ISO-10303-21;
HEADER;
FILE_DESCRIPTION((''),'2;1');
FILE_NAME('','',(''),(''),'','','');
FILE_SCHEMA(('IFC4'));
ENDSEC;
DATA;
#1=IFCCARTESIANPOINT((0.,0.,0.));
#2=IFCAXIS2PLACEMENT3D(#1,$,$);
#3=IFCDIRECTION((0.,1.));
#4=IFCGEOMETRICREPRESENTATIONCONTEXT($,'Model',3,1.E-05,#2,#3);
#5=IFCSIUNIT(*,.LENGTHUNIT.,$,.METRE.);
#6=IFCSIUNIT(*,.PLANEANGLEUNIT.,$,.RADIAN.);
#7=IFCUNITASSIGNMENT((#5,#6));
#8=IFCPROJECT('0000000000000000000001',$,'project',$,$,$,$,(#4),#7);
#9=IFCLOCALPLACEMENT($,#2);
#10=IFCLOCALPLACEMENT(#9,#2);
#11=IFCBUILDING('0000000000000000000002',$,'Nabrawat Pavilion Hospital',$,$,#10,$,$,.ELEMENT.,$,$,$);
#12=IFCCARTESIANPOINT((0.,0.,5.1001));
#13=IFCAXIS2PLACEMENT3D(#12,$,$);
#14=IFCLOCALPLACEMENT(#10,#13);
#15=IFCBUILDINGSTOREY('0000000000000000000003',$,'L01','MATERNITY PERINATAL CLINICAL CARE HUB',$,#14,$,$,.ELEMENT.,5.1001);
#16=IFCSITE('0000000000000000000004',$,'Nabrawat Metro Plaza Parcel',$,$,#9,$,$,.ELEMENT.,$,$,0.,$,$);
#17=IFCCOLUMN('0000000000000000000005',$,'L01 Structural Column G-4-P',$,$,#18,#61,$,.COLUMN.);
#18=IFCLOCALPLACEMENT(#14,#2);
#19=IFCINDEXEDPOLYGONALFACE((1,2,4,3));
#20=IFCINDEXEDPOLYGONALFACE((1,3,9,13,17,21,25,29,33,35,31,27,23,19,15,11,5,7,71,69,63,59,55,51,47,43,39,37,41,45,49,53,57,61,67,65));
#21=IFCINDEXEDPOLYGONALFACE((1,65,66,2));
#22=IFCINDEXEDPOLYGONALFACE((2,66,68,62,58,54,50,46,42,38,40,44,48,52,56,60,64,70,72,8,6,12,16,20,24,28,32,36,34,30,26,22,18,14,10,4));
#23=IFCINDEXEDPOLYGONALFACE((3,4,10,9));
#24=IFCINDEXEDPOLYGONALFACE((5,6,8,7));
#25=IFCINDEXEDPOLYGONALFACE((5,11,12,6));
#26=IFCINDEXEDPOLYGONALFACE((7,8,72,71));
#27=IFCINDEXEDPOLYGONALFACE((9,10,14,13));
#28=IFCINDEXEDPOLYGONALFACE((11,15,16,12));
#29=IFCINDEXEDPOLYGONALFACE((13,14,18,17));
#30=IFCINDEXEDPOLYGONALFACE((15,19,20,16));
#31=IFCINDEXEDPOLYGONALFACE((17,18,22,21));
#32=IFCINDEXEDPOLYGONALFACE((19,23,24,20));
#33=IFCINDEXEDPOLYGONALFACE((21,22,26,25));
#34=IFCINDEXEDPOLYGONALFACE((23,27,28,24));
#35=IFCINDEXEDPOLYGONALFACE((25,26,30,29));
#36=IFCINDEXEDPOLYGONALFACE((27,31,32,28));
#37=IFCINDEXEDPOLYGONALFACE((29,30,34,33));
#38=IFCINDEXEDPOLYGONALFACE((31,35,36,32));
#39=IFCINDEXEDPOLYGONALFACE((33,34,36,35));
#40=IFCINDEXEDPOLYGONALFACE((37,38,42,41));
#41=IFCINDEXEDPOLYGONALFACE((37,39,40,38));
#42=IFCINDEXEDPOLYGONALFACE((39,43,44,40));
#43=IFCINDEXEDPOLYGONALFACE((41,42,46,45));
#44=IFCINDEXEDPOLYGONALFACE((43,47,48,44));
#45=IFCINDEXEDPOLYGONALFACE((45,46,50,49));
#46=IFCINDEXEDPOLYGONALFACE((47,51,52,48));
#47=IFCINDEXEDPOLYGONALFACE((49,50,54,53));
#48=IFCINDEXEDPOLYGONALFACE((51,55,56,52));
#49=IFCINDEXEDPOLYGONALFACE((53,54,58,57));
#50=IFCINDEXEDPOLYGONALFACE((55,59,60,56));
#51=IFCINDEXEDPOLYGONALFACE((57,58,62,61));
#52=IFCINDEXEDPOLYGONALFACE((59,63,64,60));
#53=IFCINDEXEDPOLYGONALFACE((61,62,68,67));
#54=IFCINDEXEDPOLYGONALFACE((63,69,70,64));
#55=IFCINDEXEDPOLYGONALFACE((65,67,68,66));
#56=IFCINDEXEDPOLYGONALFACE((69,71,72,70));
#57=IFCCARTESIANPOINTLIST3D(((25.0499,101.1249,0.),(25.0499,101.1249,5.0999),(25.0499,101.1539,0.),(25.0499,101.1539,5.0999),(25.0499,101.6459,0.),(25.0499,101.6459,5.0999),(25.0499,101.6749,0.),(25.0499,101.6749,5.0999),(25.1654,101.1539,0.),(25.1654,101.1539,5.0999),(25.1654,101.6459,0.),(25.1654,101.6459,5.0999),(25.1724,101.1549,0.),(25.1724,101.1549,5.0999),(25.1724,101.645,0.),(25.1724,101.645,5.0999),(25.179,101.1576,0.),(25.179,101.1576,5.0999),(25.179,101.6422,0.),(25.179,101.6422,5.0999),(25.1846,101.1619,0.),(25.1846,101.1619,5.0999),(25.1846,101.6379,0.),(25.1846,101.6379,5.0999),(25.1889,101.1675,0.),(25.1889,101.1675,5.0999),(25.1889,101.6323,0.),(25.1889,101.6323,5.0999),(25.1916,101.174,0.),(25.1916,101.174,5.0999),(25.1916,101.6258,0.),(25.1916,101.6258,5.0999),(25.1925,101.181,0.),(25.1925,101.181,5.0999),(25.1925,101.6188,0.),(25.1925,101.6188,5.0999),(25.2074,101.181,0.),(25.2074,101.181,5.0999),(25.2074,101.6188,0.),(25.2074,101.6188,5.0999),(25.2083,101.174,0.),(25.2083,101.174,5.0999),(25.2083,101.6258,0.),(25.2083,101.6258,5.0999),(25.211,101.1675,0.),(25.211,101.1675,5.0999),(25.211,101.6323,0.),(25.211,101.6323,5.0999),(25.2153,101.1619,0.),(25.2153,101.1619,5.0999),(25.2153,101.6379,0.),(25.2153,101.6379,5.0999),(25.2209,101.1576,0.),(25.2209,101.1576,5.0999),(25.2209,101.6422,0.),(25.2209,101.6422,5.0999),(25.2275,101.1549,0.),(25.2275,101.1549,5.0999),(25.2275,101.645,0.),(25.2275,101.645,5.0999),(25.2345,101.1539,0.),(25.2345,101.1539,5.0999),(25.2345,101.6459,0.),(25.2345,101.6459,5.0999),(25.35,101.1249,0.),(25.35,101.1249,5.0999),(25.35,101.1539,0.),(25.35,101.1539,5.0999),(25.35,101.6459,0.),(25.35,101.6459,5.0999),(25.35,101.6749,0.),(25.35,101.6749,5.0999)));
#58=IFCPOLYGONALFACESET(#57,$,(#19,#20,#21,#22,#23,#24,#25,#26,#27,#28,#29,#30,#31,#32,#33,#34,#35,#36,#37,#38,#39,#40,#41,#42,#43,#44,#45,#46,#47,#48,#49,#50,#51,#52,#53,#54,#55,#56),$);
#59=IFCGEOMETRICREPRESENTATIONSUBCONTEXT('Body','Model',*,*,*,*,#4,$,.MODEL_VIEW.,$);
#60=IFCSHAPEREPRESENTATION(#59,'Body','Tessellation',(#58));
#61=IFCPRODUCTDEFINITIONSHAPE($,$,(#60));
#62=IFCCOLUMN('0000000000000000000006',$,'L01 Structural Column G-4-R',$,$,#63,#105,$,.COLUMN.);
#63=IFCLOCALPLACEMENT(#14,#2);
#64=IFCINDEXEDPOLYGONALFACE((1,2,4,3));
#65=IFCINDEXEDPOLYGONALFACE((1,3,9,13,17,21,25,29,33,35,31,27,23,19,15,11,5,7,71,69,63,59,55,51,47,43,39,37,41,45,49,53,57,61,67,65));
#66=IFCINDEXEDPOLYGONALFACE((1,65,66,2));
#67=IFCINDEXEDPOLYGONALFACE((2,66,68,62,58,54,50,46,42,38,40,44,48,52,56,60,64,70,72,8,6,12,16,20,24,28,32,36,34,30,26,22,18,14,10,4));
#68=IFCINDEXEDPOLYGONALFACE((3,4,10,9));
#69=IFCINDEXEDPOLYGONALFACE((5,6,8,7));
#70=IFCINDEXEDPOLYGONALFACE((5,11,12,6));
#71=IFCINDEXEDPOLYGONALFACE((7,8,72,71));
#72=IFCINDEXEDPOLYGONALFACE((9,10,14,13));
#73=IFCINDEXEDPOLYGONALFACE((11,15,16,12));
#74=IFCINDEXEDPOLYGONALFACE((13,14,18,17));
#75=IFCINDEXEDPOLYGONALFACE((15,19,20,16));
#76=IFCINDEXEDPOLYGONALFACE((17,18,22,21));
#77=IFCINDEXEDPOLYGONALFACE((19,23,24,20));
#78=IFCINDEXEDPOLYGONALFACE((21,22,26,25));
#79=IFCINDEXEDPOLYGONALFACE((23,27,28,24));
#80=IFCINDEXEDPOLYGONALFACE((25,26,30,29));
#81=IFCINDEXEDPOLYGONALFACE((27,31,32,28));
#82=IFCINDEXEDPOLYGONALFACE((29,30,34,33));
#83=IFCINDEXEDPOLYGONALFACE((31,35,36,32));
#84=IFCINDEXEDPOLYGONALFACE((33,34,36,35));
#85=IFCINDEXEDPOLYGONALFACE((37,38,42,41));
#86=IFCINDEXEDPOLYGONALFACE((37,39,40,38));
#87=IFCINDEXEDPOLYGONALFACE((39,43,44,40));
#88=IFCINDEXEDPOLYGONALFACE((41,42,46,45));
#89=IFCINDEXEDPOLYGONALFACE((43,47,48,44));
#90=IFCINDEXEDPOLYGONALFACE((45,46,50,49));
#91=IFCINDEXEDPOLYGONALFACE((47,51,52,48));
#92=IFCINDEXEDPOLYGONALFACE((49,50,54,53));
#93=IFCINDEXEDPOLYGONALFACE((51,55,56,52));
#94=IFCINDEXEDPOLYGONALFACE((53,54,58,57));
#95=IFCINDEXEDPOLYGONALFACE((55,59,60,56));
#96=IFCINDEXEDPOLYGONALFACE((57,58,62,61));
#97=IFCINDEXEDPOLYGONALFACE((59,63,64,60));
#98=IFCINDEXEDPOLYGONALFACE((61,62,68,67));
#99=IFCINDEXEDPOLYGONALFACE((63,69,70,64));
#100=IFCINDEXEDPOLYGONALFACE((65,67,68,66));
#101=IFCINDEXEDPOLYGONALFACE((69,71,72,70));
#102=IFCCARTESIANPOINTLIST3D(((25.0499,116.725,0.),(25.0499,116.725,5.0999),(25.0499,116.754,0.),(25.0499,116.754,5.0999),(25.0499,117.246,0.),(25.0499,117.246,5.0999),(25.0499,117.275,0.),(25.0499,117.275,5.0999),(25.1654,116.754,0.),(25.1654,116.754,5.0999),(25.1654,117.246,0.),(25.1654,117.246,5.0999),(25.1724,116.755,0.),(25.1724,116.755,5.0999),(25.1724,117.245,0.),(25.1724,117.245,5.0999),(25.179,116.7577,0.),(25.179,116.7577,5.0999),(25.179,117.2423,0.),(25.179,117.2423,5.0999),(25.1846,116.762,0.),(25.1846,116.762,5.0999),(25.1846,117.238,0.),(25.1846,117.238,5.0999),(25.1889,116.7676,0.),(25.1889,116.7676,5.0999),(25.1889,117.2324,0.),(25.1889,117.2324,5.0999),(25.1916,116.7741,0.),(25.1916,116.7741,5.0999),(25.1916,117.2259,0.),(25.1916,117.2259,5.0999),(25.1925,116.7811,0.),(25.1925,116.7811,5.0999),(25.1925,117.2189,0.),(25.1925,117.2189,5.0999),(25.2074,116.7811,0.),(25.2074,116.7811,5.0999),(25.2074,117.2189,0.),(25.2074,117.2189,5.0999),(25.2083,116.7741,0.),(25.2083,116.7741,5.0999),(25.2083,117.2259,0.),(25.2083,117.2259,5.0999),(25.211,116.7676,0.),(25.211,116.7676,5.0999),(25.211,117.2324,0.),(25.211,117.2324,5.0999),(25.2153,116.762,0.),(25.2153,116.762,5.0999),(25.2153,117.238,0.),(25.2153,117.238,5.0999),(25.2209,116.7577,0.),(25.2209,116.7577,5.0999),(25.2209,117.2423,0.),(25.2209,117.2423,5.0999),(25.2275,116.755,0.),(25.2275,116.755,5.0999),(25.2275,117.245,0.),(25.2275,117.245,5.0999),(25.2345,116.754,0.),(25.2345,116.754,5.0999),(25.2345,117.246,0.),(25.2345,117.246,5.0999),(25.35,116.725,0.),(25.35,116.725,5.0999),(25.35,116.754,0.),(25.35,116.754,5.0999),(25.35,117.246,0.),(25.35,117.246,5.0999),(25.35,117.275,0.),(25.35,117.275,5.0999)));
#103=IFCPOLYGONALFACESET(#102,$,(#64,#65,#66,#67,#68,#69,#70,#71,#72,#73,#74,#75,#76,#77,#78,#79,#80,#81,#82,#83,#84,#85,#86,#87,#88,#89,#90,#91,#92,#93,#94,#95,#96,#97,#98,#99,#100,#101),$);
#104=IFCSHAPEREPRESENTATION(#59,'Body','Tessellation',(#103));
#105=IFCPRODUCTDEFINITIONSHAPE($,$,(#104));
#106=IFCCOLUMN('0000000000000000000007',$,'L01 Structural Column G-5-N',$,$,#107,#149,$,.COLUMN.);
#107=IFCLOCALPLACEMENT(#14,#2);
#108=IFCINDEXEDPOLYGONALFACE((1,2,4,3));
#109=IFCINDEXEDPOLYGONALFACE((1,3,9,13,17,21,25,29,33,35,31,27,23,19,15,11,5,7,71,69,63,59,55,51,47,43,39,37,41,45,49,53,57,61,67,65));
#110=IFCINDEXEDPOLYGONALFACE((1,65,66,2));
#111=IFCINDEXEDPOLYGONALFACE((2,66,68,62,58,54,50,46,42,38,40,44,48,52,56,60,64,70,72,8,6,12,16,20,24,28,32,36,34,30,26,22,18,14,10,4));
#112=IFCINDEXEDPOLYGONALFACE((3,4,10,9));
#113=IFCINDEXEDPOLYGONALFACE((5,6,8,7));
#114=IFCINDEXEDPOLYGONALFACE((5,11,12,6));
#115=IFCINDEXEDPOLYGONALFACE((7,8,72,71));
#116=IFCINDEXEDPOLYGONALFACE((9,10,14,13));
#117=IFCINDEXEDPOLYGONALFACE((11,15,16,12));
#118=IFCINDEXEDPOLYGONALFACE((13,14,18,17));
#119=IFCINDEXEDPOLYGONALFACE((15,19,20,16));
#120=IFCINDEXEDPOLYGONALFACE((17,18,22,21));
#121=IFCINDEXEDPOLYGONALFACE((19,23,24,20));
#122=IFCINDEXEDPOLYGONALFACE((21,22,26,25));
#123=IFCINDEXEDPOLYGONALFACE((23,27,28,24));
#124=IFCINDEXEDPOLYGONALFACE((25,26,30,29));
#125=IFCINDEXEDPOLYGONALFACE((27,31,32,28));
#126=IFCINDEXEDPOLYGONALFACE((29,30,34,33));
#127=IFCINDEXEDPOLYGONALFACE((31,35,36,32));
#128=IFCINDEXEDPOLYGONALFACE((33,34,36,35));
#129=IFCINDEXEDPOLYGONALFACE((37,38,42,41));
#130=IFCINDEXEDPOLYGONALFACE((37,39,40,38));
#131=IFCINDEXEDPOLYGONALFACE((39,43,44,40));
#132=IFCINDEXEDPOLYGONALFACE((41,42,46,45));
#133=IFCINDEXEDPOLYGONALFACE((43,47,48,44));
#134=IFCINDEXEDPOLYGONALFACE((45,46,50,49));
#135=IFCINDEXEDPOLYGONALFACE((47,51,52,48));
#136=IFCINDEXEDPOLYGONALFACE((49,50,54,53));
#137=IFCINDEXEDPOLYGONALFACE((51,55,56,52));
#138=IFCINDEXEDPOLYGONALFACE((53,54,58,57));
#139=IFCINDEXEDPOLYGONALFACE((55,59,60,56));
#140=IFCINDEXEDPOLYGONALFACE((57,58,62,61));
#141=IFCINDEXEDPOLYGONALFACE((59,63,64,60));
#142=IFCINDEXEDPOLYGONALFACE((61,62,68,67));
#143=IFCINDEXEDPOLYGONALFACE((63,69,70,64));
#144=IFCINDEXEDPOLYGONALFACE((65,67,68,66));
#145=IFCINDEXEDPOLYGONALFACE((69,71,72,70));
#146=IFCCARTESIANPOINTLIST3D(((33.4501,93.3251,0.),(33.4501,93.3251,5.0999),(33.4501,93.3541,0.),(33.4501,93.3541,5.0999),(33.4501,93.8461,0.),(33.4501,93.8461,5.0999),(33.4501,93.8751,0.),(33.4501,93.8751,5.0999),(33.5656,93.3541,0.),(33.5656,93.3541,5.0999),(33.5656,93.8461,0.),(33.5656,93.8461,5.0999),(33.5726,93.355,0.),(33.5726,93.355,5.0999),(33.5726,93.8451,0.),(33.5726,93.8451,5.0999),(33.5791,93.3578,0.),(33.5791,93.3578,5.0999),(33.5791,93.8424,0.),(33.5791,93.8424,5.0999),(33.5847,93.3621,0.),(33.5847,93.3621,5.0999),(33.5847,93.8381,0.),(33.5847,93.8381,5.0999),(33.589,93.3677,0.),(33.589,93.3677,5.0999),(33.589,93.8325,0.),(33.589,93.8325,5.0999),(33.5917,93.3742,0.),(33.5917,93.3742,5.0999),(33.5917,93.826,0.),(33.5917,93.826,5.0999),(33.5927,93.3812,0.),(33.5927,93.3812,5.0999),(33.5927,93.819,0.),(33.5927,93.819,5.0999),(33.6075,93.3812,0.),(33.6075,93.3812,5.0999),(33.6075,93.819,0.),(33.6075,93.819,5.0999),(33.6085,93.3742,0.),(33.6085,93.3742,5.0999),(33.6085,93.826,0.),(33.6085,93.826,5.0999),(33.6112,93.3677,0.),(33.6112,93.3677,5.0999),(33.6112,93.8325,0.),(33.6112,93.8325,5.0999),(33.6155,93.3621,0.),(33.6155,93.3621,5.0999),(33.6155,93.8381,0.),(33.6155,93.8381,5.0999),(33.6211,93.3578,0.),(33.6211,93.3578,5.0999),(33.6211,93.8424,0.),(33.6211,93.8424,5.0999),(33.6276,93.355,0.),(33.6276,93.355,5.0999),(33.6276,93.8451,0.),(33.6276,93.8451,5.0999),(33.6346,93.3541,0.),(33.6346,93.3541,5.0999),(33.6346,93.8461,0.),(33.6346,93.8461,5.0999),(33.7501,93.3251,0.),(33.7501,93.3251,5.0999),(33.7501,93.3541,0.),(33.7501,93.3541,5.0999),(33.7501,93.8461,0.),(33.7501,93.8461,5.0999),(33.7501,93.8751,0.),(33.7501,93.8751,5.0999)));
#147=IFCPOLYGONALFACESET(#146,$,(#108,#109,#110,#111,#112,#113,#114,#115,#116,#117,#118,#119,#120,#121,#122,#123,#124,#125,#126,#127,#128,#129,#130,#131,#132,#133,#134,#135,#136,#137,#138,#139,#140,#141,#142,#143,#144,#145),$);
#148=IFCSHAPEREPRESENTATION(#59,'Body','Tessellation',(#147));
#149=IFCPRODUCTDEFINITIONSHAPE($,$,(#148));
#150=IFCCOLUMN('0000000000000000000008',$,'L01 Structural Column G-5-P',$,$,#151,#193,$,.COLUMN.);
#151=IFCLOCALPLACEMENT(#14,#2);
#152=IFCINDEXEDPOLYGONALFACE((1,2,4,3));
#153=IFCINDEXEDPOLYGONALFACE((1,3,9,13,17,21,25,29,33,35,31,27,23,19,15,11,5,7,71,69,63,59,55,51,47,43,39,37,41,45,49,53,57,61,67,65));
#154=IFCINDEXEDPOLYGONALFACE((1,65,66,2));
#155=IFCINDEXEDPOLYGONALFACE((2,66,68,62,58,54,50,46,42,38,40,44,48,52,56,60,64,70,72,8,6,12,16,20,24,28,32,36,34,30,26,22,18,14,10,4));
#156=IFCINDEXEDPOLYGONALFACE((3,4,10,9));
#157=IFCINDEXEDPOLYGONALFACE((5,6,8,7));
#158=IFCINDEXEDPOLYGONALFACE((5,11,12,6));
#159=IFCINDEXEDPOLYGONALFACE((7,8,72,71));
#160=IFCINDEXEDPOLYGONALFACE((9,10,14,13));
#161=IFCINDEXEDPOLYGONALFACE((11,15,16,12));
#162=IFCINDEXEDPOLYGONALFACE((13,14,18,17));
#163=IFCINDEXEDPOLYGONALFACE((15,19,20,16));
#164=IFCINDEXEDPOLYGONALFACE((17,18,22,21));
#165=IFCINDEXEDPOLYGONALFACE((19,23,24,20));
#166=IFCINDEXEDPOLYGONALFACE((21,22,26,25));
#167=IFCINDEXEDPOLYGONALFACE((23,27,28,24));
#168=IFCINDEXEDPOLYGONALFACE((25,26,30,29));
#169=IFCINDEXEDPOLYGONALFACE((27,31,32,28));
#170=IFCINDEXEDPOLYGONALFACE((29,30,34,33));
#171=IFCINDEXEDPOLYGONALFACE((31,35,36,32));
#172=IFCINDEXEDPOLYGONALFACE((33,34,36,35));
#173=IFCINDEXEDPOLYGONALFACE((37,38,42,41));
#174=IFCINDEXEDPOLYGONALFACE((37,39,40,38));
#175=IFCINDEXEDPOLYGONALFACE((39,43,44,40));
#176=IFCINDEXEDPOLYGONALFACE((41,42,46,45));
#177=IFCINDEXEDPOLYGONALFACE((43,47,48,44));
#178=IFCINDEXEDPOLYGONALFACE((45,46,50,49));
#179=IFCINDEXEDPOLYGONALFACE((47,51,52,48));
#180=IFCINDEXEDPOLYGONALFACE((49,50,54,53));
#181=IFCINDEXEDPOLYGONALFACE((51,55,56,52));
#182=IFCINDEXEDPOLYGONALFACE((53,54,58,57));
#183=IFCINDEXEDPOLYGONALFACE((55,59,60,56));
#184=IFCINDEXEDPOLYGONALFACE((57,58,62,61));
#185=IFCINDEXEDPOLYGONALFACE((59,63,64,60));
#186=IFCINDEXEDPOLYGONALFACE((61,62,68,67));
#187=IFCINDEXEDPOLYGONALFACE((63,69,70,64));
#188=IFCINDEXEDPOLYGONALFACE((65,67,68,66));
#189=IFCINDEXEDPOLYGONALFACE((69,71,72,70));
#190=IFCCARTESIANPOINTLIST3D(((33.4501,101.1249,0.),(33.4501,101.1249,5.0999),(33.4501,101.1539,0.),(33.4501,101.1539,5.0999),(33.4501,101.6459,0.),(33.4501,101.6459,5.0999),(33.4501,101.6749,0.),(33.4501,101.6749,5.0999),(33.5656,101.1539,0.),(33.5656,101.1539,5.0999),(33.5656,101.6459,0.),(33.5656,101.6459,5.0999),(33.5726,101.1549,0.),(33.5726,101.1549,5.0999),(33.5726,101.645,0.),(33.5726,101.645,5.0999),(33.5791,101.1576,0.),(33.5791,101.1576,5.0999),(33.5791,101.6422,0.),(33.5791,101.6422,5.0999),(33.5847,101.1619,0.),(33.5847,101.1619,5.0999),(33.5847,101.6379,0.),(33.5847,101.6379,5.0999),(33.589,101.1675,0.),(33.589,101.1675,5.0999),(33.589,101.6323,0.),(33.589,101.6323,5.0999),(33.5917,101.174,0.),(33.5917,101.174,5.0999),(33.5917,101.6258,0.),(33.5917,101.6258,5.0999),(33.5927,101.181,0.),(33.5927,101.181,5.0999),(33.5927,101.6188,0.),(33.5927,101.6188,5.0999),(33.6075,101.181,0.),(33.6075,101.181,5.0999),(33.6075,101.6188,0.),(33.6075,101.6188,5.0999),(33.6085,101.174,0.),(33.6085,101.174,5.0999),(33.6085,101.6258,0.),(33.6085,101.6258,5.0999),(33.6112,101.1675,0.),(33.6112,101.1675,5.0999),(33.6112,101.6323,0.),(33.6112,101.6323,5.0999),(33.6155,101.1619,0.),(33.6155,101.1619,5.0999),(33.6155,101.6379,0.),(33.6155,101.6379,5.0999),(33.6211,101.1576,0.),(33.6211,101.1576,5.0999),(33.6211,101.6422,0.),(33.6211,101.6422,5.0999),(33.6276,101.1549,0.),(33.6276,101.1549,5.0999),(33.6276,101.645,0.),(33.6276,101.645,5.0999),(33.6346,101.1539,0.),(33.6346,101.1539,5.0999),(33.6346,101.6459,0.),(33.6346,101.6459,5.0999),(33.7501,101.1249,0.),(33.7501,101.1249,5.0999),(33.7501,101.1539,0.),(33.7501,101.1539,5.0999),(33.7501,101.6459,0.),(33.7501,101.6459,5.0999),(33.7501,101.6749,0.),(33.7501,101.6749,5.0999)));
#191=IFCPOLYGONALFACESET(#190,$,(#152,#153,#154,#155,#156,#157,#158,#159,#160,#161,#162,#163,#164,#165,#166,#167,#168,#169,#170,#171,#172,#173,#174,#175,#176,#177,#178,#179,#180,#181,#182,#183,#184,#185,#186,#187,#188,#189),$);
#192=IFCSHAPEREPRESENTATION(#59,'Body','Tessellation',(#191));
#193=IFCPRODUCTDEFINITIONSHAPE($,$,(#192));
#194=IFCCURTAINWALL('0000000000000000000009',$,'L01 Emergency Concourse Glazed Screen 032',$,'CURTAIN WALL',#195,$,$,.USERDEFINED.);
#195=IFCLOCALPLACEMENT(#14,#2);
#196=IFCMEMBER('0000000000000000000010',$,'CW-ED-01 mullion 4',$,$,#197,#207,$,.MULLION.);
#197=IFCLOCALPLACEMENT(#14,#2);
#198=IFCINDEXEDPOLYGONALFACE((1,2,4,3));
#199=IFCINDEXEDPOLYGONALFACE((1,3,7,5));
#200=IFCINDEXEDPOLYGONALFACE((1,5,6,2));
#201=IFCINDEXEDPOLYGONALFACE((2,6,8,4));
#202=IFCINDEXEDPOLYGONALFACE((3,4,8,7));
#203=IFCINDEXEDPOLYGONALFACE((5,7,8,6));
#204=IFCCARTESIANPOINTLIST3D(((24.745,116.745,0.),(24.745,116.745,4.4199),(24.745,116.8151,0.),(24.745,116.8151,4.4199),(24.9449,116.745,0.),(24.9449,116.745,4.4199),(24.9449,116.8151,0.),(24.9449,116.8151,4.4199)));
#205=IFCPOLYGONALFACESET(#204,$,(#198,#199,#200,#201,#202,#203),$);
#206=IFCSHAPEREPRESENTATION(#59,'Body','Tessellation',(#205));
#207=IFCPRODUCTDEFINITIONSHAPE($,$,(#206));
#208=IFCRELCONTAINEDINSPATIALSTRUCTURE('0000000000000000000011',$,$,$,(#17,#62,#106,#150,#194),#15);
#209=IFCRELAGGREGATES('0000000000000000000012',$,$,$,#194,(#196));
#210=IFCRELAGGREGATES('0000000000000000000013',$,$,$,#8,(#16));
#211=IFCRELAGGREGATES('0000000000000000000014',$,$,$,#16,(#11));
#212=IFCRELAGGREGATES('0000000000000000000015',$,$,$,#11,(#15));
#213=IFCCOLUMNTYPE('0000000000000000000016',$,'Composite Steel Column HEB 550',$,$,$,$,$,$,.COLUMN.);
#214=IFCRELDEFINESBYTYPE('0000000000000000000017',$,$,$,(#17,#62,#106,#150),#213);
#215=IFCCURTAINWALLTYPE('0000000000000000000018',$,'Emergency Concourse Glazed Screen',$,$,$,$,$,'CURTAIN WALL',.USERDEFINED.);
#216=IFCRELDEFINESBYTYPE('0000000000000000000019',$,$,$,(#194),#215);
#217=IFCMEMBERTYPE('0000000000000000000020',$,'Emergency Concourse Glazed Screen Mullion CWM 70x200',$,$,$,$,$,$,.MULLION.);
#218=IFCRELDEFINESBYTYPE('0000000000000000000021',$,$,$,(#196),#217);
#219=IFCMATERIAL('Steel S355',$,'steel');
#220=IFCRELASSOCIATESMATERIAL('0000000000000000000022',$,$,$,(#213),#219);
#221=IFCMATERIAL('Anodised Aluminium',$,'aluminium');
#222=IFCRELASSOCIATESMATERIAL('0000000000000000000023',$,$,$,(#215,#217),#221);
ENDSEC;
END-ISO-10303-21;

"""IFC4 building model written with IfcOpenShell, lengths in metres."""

from ifc_helpers import new_model, si_unit, direction, frame, origin, origin_2d, place, context, subcontext, project, spatial, rectangle, i_section, extrude, material, material_profile, profile_set, type_object, element, aggregate, save


model = new_model("IFC4")

# Units and contexts
model_context = context("Model", 3, precision=1e-05, world=origin(), true_north=direction((0.0, 1.0)))
body_context = subcontext(model_context, "Body", "Model", "MODEL_VIEW")
ifc_project = project(units=[si_unit("LENGTHUNIT", "METRE"), si_unit("PLANEANGLEUNIT", "RADIAN")], contexts=[model_context])

# Site, building, storey
site_placement = place(None, origin())
site = spatial("IfcSite", under=ifc_project, at=site_placement, Name="Nabrawat Metro Plaza Parcel", CompositionType="ELEMENT", RefElevation=0.0)
building_placement = place(site_placement, origin())
building = spatial("IfcBuilding", under=site, at=building_placement, Name="Nabrawat Pavilion Hospital", CompositionType="ELEMENT")
storey_placement = place(building_placement, frame((0.0, 0.0, 5.1001)))
storey = spatial("IfcBuildingStorey", under=building, at=storey_placement, Name="L01", Description="MATERNITY PERINATAL CLINICAL CARE HUB", CompositionType="ELEMENT", Elevation=5.1001)

# Columns
ifc_material_1 = material(Name="Steel S355", Category="steel")
ifc_material_profile_1 = material_profile(ifc_material_1, i_section(OverallWidth=0.3, OverallDepth=0.55, WebThickness=0.0149, FlangeThickness=0.0291, FilletRadius=0.0271, at=origin_2d()), Name="HEB 550")
ifc_profile_set_1 = profile_set([ifc_material_profile_1], Name="Steel S355")
column_type = type_object("IfcColumnType", Name="Composite Steel Column HEB 550", PredefinedType="COLUMN", material=ifc_profile_set_1)
for number, where, z_axis, x_axis, name in (
    (1, (25.2, 101.3999, 0.0), (0.0, 0.0, 1.0), (1.0, 0.0, 0.0), "L01 Structural Column G-4-P"),
    (2, (25.2, 117.0, 0.0), (0.0, 0.0, 1.0), (1.0, 0.0, 0.0), "L01 Structural Column G-4-R"),
    (3, (33.6001, 93.6001, 0.0), (0.0, 0.0, 1.0), (1.0, 0.0, 0.0), "L01 Structural Column G-5-N"),
    (4, (33.6001, 101.3999, 0.0), (0.0, 0.0, 1.0), (1.0, 0.0, 0.0), "L01 Structural Column G-5-P"),
):
    element("IfcColumn", number, at=place(storey_placement, frame(where, z_axis=z_axis, x_axis=x_axis)), inside=storey, type_object=column_type, Name=name, PredefinedType="COLUMN", context=body_context, shape_type="SweptSolid", body=[
        extrude(i_section(OverallWidth=0.3, OverallDepth=0.55, WebThickness=0.0149, FlangeThickness=0.0291, FilletRadius=0.0271, at=origin_2d()), origin(), (0.0, 0.0, 1.0), 5.0999),
    ])

# Curtain wall, member
ifc_material_2 = material(Name="Anodised Aluminium", Category="aluminium")
curtain_wall_type = type_object("IfcCurtainWallType", Name="Emergency Concourse Glazed Screen", ElementType="CURTAIN WALL", PredefinedType="USERDEFINED", material=ifc_material_2)
curtain_wall_placement = place(storey_placement, origin())
curtain_wall = element("IfcCurtainWall", 5, at=curtain_wall_placement, inside=storey, type_object=curtain_wall_type, Name="L01 Emergency Concourse Glazed Screen 032", ObjectType="CURTAIN WALL", PredefinedType="USERDEFINED")
ifc_material_profile_2 = material_profile(ifc_material_2, rectangle(XDim=0.0701, YDim=0.2, at=origin_2d()), Name="CWM 70x200")
ifc_profile_set_2 = profile_set([ifc_material_profile_2], Name="Anodised Aluminium")
member_type = type_object("IfcMemberType", Name="Emergency Concourse Glazed Screen Mullion CWM 70x200", PredefinedType="MULLION", material=ifc_profile_set_2)
member_placement = place(storey_placement, frame((24.845, 116.78, 0.0), z_axis=(0.0, 0.0, 1.0), x_axis=(0.0, 1.0, 0.0)))
member = element("IfcMember", 6, at=member_placement, type_object=member_type, Name="CW-ED-01 mullion 4", PredefinedType="MULLION", context=body_context, shape_type="SweptSolid", body=[
    extrude(rectangle(XDim=0.0701, YDim=0.2, at=origin_2d()), origin(), (0.0, 0.0, 1.0), 4.4199),
])
aggregate(curtain_wall, [member])

save(model, "model.ifc")
